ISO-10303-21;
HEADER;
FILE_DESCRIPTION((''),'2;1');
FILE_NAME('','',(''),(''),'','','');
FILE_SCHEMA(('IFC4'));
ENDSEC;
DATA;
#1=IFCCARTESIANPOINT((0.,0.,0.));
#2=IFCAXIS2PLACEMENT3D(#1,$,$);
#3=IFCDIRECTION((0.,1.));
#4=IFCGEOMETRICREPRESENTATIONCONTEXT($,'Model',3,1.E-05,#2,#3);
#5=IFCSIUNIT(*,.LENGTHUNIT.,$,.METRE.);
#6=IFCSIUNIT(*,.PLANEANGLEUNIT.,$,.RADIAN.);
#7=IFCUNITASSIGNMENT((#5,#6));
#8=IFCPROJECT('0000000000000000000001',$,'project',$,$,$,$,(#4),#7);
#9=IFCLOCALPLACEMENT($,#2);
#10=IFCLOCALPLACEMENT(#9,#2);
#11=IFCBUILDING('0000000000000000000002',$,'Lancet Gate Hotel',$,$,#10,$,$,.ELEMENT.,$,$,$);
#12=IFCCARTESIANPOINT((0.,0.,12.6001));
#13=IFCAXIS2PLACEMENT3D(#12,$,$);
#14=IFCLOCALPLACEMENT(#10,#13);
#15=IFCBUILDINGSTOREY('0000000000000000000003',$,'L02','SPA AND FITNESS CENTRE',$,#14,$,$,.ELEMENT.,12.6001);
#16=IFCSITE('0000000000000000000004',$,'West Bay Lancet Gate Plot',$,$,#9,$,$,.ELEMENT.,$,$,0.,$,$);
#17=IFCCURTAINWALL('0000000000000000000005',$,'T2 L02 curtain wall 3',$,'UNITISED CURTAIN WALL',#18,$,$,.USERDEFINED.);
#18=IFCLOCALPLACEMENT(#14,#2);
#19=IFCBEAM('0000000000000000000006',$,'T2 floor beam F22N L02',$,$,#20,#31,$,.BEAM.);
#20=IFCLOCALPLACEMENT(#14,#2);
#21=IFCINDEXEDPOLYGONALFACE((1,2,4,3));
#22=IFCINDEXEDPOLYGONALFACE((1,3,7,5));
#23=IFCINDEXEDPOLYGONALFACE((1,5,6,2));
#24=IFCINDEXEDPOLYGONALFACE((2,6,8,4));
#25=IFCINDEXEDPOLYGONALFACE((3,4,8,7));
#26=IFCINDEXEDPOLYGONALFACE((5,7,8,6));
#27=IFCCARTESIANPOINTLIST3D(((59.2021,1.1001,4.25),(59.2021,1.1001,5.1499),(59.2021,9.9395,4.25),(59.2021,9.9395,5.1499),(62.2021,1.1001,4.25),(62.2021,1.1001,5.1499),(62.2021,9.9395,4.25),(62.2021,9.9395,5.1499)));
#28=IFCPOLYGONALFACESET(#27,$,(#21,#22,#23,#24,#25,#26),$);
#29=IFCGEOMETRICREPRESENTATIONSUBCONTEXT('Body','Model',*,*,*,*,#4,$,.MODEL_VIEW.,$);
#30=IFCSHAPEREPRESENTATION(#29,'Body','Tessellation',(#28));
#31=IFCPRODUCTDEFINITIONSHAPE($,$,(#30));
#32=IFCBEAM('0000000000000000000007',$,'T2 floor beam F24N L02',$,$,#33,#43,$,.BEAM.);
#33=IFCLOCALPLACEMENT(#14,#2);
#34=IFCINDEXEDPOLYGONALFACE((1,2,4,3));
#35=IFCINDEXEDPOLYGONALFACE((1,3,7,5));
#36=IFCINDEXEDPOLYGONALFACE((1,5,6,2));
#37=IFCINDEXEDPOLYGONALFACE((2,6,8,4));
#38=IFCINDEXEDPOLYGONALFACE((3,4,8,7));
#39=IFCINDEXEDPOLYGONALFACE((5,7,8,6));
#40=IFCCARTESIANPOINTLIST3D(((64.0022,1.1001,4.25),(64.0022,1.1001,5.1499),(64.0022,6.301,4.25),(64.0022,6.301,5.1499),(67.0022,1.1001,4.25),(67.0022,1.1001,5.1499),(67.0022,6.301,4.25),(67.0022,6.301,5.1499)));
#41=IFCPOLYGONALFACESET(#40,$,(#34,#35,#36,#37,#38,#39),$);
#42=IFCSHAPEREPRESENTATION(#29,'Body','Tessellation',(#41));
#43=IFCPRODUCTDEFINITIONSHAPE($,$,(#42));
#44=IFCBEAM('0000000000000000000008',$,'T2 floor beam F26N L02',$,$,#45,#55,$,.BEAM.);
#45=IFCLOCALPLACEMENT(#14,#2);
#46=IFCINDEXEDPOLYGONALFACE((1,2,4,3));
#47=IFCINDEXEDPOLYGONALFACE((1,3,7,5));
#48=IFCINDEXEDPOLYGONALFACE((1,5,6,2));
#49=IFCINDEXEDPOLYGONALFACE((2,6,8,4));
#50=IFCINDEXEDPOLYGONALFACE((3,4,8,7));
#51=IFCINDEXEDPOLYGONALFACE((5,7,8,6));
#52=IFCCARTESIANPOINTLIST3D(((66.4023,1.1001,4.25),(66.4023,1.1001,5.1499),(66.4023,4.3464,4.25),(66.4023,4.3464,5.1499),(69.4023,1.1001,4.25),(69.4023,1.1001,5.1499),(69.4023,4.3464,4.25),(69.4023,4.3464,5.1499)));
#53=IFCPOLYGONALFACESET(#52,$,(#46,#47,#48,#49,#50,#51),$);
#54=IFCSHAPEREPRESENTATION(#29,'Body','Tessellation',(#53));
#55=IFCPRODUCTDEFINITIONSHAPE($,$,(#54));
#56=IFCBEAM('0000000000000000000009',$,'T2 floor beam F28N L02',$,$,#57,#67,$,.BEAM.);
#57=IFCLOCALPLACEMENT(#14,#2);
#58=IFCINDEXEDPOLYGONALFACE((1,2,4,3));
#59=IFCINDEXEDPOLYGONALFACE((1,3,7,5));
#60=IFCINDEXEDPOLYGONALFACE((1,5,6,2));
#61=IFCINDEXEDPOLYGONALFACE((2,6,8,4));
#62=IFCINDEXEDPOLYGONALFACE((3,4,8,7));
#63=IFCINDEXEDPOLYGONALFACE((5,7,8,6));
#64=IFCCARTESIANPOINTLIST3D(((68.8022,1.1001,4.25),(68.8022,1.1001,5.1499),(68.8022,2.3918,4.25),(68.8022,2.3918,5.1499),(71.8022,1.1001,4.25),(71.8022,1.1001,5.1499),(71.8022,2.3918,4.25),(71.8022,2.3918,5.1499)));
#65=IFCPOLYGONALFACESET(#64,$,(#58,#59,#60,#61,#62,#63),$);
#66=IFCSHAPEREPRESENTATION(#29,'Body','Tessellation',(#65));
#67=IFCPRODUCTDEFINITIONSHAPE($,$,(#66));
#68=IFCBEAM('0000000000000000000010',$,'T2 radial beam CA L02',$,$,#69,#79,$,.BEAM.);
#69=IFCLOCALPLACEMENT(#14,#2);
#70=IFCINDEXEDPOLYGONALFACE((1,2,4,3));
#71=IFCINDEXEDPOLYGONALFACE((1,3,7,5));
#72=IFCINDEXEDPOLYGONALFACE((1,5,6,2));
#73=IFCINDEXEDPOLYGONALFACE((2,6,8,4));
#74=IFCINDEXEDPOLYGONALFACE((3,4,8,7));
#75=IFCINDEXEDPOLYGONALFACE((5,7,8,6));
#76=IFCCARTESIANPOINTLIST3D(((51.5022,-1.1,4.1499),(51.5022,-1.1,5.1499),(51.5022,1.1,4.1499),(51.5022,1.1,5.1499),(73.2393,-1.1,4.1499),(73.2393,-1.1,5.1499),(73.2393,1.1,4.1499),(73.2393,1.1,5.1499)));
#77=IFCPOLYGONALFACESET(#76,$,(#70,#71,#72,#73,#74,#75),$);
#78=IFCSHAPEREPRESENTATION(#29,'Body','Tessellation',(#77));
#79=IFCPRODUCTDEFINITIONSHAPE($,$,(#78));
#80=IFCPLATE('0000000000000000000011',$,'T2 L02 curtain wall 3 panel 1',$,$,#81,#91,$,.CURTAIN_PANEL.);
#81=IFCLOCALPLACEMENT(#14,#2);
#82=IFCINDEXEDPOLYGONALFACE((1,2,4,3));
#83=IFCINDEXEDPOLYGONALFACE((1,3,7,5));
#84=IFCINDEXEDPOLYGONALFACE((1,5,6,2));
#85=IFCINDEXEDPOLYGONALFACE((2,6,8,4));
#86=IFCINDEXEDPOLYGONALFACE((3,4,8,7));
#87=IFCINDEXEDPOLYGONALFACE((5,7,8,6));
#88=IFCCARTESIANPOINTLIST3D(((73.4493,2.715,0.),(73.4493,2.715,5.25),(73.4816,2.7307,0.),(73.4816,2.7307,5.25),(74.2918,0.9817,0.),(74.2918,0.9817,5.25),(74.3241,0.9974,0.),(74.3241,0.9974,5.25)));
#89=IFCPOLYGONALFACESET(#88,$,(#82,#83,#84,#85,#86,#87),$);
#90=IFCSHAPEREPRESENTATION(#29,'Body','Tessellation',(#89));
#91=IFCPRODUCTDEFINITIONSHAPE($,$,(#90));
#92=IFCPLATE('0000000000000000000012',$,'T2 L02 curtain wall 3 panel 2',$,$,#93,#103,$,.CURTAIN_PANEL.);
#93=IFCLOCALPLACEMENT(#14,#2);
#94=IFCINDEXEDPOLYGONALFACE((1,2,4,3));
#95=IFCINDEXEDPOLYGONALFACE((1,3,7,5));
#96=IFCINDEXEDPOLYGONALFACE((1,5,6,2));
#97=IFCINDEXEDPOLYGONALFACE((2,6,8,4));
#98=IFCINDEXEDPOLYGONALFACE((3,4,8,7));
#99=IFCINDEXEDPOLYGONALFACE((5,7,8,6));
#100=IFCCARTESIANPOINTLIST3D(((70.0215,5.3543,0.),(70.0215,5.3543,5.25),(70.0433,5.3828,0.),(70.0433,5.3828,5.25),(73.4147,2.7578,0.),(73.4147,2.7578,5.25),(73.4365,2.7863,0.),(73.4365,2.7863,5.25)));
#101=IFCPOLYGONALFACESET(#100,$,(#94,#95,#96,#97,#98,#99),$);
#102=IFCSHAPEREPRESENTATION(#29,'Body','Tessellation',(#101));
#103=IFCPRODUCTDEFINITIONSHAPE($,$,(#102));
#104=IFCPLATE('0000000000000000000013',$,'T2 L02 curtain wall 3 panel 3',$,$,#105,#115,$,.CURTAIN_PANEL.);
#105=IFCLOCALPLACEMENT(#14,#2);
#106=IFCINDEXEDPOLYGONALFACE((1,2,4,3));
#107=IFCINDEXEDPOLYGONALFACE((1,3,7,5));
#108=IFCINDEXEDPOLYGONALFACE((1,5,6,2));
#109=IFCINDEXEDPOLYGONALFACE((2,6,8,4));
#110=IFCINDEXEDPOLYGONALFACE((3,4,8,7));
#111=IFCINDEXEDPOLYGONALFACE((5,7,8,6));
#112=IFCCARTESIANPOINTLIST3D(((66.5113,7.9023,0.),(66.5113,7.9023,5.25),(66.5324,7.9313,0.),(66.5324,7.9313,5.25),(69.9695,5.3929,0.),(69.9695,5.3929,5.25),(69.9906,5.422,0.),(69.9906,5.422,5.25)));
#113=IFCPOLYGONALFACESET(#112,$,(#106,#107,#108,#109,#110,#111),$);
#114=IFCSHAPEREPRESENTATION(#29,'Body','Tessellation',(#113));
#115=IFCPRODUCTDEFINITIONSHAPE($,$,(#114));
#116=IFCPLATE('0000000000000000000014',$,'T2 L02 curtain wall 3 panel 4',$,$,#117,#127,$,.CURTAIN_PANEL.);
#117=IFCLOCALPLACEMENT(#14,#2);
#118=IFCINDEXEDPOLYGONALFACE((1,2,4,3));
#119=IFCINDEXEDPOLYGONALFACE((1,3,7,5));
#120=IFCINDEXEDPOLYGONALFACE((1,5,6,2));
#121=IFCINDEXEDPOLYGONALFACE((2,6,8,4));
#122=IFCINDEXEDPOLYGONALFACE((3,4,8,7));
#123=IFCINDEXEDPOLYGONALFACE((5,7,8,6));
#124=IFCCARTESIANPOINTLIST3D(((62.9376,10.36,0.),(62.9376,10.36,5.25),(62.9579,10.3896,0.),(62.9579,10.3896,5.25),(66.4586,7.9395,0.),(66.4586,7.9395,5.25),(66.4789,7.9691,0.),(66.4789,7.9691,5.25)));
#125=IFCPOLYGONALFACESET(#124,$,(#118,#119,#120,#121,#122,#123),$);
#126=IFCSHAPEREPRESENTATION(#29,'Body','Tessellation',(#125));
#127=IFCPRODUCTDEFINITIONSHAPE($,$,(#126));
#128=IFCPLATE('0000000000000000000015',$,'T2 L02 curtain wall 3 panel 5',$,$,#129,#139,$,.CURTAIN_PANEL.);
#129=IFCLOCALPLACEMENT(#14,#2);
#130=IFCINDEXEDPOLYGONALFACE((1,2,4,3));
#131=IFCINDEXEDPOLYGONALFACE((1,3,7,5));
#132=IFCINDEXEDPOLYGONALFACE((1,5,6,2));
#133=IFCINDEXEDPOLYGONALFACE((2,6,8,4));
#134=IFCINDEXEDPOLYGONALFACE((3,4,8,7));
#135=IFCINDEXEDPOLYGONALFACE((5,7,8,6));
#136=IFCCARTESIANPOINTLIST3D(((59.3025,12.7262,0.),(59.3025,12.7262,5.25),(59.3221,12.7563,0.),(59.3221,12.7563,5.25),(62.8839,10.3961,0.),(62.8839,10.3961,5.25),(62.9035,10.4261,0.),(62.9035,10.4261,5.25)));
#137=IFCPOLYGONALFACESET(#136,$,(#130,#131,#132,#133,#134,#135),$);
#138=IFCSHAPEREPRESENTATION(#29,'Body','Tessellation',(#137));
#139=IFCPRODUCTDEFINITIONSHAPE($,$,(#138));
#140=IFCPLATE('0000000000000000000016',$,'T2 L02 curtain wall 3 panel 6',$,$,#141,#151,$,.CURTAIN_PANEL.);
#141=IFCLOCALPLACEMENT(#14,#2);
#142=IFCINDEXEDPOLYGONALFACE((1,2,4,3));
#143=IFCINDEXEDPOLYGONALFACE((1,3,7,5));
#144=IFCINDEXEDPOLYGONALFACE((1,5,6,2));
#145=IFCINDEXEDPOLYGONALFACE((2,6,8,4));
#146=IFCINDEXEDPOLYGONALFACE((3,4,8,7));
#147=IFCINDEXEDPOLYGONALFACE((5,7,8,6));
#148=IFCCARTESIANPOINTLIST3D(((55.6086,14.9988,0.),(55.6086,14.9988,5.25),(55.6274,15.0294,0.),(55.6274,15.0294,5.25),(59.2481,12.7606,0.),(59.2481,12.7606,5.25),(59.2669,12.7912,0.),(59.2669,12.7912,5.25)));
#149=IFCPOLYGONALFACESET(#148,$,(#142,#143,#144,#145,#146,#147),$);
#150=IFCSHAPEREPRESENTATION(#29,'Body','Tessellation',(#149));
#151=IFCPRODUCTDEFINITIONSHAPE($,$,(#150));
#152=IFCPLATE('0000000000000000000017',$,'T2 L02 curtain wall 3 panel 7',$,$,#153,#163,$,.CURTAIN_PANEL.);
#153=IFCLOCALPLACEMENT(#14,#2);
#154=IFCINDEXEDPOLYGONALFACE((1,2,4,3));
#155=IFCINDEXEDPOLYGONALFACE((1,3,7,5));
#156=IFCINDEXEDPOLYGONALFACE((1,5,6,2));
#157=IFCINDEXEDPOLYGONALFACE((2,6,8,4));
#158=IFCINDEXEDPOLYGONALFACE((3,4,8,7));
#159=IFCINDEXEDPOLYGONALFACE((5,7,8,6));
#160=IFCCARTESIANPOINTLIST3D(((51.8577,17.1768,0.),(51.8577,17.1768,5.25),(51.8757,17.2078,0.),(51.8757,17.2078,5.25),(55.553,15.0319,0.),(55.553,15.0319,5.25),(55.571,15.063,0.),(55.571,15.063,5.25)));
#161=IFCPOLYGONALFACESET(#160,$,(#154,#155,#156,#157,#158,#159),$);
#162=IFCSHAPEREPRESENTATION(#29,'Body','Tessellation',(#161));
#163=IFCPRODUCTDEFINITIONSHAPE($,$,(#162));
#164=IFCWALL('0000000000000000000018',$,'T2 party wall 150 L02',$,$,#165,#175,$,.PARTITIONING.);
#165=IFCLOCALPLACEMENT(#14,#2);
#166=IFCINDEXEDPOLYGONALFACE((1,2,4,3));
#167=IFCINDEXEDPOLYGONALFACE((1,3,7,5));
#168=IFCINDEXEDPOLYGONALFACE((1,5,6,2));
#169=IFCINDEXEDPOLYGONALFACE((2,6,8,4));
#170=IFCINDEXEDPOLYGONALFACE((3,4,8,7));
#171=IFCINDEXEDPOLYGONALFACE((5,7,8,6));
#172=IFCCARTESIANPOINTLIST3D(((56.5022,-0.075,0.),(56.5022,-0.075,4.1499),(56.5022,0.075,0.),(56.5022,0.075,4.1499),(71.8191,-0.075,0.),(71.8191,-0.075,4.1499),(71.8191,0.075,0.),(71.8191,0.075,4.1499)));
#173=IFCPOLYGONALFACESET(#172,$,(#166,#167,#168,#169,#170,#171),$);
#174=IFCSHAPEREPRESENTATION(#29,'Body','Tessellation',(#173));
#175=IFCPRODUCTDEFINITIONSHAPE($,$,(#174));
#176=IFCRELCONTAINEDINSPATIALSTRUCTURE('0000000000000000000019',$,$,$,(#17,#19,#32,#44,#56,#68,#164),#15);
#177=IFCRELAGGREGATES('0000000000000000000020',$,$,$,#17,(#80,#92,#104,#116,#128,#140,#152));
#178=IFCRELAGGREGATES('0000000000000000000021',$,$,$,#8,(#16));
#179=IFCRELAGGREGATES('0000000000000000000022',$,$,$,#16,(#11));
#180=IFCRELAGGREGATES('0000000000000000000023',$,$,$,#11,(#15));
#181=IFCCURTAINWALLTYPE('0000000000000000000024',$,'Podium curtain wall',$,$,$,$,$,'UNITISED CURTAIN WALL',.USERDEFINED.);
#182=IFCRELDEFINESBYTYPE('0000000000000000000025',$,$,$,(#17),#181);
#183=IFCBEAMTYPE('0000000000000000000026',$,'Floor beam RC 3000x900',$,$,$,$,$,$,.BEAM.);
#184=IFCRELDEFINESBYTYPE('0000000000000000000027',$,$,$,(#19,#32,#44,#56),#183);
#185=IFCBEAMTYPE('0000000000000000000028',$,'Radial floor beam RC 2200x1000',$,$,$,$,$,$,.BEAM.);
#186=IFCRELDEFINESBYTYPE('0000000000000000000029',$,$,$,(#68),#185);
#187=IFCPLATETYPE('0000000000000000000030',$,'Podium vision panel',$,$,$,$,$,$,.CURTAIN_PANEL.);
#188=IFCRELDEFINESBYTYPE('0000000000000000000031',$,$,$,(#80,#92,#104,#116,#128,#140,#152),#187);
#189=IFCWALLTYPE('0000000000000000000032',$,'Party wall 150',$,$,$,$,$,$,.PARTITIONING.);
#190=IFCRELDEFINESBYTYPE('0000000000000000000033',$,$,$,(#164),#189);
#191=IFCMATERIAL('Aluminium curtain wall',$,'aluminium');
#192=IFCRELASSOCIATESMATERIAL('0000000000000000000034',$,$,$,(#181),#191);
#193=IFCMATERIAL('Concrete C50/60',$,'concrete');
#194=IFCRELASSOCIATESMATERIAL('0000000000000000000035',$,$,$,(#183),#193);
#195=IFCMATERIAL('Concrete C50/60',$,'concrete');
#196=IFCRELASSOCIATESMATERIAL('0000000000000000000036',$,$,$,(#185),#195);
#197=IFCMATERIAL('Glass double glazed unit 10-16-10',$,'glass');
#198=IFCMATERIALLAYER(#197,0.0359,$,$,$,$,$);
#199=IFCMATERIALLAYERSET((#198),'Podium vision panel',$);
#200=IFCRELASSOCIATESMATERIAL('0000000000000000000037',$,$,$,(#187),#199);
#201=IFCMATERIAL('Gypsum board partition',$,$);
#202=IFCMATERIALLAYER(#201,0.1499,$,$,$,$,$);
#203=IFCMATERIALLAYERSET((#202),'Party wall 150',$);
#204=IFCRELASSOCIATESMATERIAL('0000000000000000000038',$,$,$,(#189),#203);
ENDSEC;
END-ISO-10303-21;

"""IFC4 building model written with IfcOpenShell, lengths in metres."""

from ifc_helpers import new_model, si_unit, direction, frame, frame_2d, origin, origin_2d, place, context, subcontext, project, spatial, rectangle, extrude, material, layer, layer_set, material_profile, profile_set, type_object, element, aggregate, save


model = new_model("IFC4")

# Units and contexts
model_context = context("Model", 3, precision=1e-05, world=origin(), true_north=direction((0.0, 1.0)))
body_context = subcontext(model_context, "Body", "Model", "MODEL_VIEW")
ifc_project = project(units=[si_unit("LENGTHUNIT", "METRE"), si_unit("PLANEANGLEUNIT", "RADIAN")], contexts=[model_context])

# Site, building, storey
site_placement = place(None, origin())
site = spatial("IfcSite", under=ifc_project, at=site_placement, Name="West Bay Lancet Gate Plot", CompositionType="ELEMENT", RefElevation=0.0)
building_placement = place(site_placement, origin())
building = spatial("IfcBuilding", under=site, at=building_placement, Name="Lancet Gate Hotel", CompositionType="ELEMENT")
storey_placement = place(building_placement, frame((0.0, 0.0, 12.6001)))
storey = spatial("IfcBuildingStorey", under=building, at=storey_placement, Name="L02", Description="SPA AND FITNESS CENTRE", CompositionType="ELEMENT", Elevation=12.6001)

# Curtain wall
ifc_material_1 = material(Name="Aluminium curtain wall", Category="aluminium")
curtain_wall_type = type_object("IfcCurtainWallType", Name="Podium curtain wall", ElementType="UNITISED CURTAIN WALL", PredefinedType="USERDEFINED", material=ifc_material_1)
curtain_wall_placement = place(storey_placement, origin())
curtain_wall = element("IfcCurtainWall", 1, at=curtain_wall_placement, inside=storey, type_object=curtain_wall_type, Name="T2 L02 curtain wall 3", ObjectType="UNITISED CURTAIN WALL", PredefinedType="USERDEFINED")

# Beams
ifc_material_2 = material(Name="Concrete C50/60", Category="concrete")
ifc_material_profile_1 = material_profile(ifc_material_2, rectangle(XDim=3.0, YDim=0.8999, at=origin_2d()), Name="RC 3000x900")
ifc_profile_set_1 = profile_set([ifc_material_profile_1], Name="Concrete C50/60")
beam_type_1 = type_object("IfcBeamType", Name="Floor beam RC 3000x900", PredefinedType="BEAM", material=ifc_profile_set_1)
beam_1_placement = place(storey_placement, frame((60.7021, 1.1001, 4.7), z_axis=(0.0, 1.0, 0.0), x_axis=(-1.0, 0.0, 0.0)))
element("IfcBeam", 2, at=beam_1_placement, inside=storey, type_object=beam_type_1, Name="T2 floor beam F22N L02", PredefinedType="BEAM", context=body_context, shape_type="SweptSolid", body=[
    extrude(rectangle(XDim=3.0, YDim=0.8999, at=origin_2d()), origin(), (0.0, 0.0, 1.0), 8.8394),
])
beam_2_placement = place(storey_placement, frame((65.5022, 1.1001, 4.7), z_axis=(0.0, 1.0, 0.0), x_axis=(-1.0, 0.0, 0.0)))
element("IfcBeam", 3, at=beam_2_placement, inside=storey, type_object=beam_type_1, Name="T2 floor beam F24N L02", PredefinedType="BEAM", context=body_context, shape_type="SweptSolid", body=[
    extrude(rectangle(XDim=3.0, YDim=0.8999, at=origin_2d()), origin(), (0.0, 0.0, 1.0), 5.2009),
])
beam_3_placement = place(storey_placement, frame((67.9023, 1.1001, 4.7), z_axis=(0.0, 1.0, 0.0), x_axis=(-1.0, 0.0, 0.0)))
element("IfcBeam", 4, at=beam_3_placement, inside=storey, type_object=beam_type_1, Name="T2 floor beam F26N L02", PredefinedType="BEAM", context=body_context, shape_type="SweptSolid", body=[
    extrude(rectangle(XDim=3.0, YDim=0.8999, at=origin_2d()), origin(), (0.0, 0.0, 1.0), 3.2463),
])
beam_4_placement = place(storey_placement, frame((70.3022, 1.1001, 4.7), z_axis=(0.0, 1.0, 0.0), x_axis=(-1.0, 0.0, 0.0)))
element("IfcBeam", 5, at=beam_4_placement, inside=storey, type_object=beam_type_1, Name="T2 floor beam F28N L02", PredefinedType="BEAM", context=body_context, shape_type="SweptSolid", body=[
    extrude(rectangle(XDim=3.0, YDim=0.8999, at=origin_2d()), origin(), (0.0, 0.0, 1.0), 1.2917),
])
ifc_material_3 = material(Name="Concrete C50/60", Category="concrete")
ifc_material_profile_2 = material_profile(ifc_material_3, rectangle(XDim=2.2, YDim=1.0, at=origin_2d()), Name="RC 2200x1000")
ifc_profile_set_2 = profile_set([ifc_material_profile_2], Name="Concrete C50/60")
beam_type_2 = type_object("IfcBeamType", Name="Radial floor beam RC 2200x1000", PredefinedType="BEAM", material=ifc_profile_set_2)
beam_5_placement = place(storey_placement, frame((73.2393, 0.0, 4.6499), z_axis=(-1.0, 0.0, 0.0), x_axis=(0.0, -1.0, 0.0)))
element("IfcBeam", 6, at=beam_5_placement, inside=storey, type_object=beam_type_2, Name="T2 radial beam CA L02", PredefinedType="BEAM", context=body_context, shape_type="SweptSolid", body=[
    extrude(rectangle(XDim=2.2, YDim=1.0, at=origin_2d()), origin(), (0.0, 0.0, 1.0), 21.7371),
])

# Plates
ifc_material_4 = material(Name="Glass double glazed unit 10-16-10", Category="glass")
ifc_layer_1 = layer(ifc_material_4, 0.0359)
ifc_layer_set_1 = layer_set([ifc_layer_1], Name="Podium vision panel")
plate_type = type_object("IfcPlateType", Name="Podium vision panel", PredefinedType="CURTAIN_PANEL", material=ifc_layer_set_1)
plate_1_placement = place(storey_placement, frame((73.8867, 1.8562, 0.0), z_axis=(0.0, 0.0, 1.0), x_axis=(-0.437169, 0.899379, 0.0)))
plate_1 = element("IfcPlate", 7, at=plate_1_placement, type_object=plate_type, Name="T2 L02 curtain wall 3 panel 1", PredefinedType="CURTAIN_PANEL", context=body_context, shape_type="SweptSolid", body=[
    extrude(rectangle(XDim=1.9272, YDim=0.0359, at=origin_2d()), origin(), (0.0, 0.0, 1.0), 5.25),
])
plate_2_placement = place(storey_placement, frame((71.729, 4.0703, 0.0), z_axis=(0.0, 0.0, 1.0), x_axis=(-0.79416, 0.607709, 0.0)))
plate_2 = element("IfcPlate", 8, at=plate_2_placement, type_object=plate_type, Name="T2 L02 curtain wall 3 panel 2", PredefinedType="CURTAIN_PANEL", context=body_context, shape_type="SweptSolid", body=[
    extrude(rectangle(XDim=4.2727, YDim=0.0359, at=origin_2d()), origin(), (0.0, 0.0, 1.0), 5.25),
])
plate_3_placement = place(storey_placement, frame((68.251, 6.6621, 0.0), z_axis=(0.0, 0.0, 1.0), x_axis=(-0.80937, 0.587299, 0.0)))
plate_3 = element("IfcPlate", 9, at=plate_3_placement, type_object=plate_type, Name="T2 L02 curtain wall 3 panel 3", PredefinedType="CURTAIN_PANEL", context=body_context, shape_type="SweptSolid", body=[
    extrude(rectangle(XDim=4.2727, YDim=0.0359, at=origin_2d()), origin(), (0.0, 0.0, 1.0), 5.25),
])
plate_4_placement = place(storey_placement, frame((64.7083, 9.1646, 0.0), z_axis=(0.0, 0.0, 1.0), x_axis=(-0.824055, 0.566509, 0.0)))
plate_4 = element("IfcPlate", 10, at=plate_4_placement, type_object=plate_type, Name="T2 L02 curtain wall 3 panel 4", PredefinedType="CURTAIN_PANEL", context=body_context, shape_type="SweptSolid", body=[
    extrude(rectangle(XDim=4.2727, YDim=0.0359, at=origin_2d()), origin(), (0.0, 0.0, 1.0), 5.25),
])
plate_5_placement = place(storey_placement, frame((61.103, 11.5762, 0.0), z_axis=(0.0, 0.0, 1.0), x_axis=(-0.838207, 0.545353, 0.0)))
plate_5 = element("IfcPlate", 11, at=plate_5_placement, type_object=plate_type, Name="T2 L02 curtain wall 3 panel 5", PredefinedType="CURTAIN_PANEL", context=body_context, shape_type="SweptSolid", body=[
    extrude(rectangle(XDim=4.2727, YDim=0.0359, at=origin_2d()), origin(), (0.0, 0.0, 1.0), 5.25),
])
plate_6_placement = place(storey_placement, frame((57.4377, 13.895, 0.0), z_axis=(0.0, 0.0, 1.0), x_axis=(-0.851815, 0.523842, 0.0)))
plate_6 = element("IfcPlate", 12, at=plate_6_placement, type_object=plate_type, Name="T2 L02 curtain wall 3 panel 6", PredefinedType="CURTAIN_PANEL", context=body_context, shape_type="SweptSolid", body=[
    extrude(rectangle(XDim=4.2727, YDim=0.0359, at=origin_2d()), origin(), (0.0, 0.0, 1.0), 5.25),
])
plate_7_placement = place(storey_placement, frame((53.7144, 16.1199, 0.0), z_axis=(0.0, 0.0, 1.0), x_axis=(-0.864872, 0.501993, 0.0)))
plate_7 = element("IfcPlate", 13, at=plate_7_placement, type_object=plate_type, Name="T2 L02 curtain wall 3 panel 7", PredefinedType="CURTAIN_PANEL", context=body_context, shape_type="SweptSolid", body=[
    extrude(rectangle(XDim=4.2727, YDim=0.0359, at=origin_2d()), origin(), (0.0, 0.0, 1.0), 5.25),
])
aggregate(curtain_wall, [plate_1, plate_2, plate_3, plate_4, plate_5, plate_6, plate_7])

# Wall
ifc_material_5 = material(Name="Gypsum board partition")
ifc_layer_2 = layer(ifc_material_5, 0.1499)
ifc_layer_set_2 = layer_set([ifc_layer_2], Name="Party wall 150")
wall_type = type_object("IfcWallType", Name="Party wall 150", PredefinedType="PARTITIONING", material=ifc_layer_set_2)
wall_placement = place(storey_placement, frame((56.5022, 0.0, 0.0), z_axis=(0.0, 0.0, 1.0), x_axis=(1.0, 0.0, 0.0)))
element("IfcWall", 14, at=wall_placement, inside=storey, type_object=wall_type, Name="T2 party wall 150 L02", PredefinedType="PARTITIONING", context=body_context, shape_type="SweptSolid", body=[
    extrude(rectangle(XDim=15.3169, YDim=0.1499, at=frame_2d((7.6584, 0.0))), origin(), (0.0, 0.0, 1.0), 4.1499),
])

save(model, "model.ifc")
